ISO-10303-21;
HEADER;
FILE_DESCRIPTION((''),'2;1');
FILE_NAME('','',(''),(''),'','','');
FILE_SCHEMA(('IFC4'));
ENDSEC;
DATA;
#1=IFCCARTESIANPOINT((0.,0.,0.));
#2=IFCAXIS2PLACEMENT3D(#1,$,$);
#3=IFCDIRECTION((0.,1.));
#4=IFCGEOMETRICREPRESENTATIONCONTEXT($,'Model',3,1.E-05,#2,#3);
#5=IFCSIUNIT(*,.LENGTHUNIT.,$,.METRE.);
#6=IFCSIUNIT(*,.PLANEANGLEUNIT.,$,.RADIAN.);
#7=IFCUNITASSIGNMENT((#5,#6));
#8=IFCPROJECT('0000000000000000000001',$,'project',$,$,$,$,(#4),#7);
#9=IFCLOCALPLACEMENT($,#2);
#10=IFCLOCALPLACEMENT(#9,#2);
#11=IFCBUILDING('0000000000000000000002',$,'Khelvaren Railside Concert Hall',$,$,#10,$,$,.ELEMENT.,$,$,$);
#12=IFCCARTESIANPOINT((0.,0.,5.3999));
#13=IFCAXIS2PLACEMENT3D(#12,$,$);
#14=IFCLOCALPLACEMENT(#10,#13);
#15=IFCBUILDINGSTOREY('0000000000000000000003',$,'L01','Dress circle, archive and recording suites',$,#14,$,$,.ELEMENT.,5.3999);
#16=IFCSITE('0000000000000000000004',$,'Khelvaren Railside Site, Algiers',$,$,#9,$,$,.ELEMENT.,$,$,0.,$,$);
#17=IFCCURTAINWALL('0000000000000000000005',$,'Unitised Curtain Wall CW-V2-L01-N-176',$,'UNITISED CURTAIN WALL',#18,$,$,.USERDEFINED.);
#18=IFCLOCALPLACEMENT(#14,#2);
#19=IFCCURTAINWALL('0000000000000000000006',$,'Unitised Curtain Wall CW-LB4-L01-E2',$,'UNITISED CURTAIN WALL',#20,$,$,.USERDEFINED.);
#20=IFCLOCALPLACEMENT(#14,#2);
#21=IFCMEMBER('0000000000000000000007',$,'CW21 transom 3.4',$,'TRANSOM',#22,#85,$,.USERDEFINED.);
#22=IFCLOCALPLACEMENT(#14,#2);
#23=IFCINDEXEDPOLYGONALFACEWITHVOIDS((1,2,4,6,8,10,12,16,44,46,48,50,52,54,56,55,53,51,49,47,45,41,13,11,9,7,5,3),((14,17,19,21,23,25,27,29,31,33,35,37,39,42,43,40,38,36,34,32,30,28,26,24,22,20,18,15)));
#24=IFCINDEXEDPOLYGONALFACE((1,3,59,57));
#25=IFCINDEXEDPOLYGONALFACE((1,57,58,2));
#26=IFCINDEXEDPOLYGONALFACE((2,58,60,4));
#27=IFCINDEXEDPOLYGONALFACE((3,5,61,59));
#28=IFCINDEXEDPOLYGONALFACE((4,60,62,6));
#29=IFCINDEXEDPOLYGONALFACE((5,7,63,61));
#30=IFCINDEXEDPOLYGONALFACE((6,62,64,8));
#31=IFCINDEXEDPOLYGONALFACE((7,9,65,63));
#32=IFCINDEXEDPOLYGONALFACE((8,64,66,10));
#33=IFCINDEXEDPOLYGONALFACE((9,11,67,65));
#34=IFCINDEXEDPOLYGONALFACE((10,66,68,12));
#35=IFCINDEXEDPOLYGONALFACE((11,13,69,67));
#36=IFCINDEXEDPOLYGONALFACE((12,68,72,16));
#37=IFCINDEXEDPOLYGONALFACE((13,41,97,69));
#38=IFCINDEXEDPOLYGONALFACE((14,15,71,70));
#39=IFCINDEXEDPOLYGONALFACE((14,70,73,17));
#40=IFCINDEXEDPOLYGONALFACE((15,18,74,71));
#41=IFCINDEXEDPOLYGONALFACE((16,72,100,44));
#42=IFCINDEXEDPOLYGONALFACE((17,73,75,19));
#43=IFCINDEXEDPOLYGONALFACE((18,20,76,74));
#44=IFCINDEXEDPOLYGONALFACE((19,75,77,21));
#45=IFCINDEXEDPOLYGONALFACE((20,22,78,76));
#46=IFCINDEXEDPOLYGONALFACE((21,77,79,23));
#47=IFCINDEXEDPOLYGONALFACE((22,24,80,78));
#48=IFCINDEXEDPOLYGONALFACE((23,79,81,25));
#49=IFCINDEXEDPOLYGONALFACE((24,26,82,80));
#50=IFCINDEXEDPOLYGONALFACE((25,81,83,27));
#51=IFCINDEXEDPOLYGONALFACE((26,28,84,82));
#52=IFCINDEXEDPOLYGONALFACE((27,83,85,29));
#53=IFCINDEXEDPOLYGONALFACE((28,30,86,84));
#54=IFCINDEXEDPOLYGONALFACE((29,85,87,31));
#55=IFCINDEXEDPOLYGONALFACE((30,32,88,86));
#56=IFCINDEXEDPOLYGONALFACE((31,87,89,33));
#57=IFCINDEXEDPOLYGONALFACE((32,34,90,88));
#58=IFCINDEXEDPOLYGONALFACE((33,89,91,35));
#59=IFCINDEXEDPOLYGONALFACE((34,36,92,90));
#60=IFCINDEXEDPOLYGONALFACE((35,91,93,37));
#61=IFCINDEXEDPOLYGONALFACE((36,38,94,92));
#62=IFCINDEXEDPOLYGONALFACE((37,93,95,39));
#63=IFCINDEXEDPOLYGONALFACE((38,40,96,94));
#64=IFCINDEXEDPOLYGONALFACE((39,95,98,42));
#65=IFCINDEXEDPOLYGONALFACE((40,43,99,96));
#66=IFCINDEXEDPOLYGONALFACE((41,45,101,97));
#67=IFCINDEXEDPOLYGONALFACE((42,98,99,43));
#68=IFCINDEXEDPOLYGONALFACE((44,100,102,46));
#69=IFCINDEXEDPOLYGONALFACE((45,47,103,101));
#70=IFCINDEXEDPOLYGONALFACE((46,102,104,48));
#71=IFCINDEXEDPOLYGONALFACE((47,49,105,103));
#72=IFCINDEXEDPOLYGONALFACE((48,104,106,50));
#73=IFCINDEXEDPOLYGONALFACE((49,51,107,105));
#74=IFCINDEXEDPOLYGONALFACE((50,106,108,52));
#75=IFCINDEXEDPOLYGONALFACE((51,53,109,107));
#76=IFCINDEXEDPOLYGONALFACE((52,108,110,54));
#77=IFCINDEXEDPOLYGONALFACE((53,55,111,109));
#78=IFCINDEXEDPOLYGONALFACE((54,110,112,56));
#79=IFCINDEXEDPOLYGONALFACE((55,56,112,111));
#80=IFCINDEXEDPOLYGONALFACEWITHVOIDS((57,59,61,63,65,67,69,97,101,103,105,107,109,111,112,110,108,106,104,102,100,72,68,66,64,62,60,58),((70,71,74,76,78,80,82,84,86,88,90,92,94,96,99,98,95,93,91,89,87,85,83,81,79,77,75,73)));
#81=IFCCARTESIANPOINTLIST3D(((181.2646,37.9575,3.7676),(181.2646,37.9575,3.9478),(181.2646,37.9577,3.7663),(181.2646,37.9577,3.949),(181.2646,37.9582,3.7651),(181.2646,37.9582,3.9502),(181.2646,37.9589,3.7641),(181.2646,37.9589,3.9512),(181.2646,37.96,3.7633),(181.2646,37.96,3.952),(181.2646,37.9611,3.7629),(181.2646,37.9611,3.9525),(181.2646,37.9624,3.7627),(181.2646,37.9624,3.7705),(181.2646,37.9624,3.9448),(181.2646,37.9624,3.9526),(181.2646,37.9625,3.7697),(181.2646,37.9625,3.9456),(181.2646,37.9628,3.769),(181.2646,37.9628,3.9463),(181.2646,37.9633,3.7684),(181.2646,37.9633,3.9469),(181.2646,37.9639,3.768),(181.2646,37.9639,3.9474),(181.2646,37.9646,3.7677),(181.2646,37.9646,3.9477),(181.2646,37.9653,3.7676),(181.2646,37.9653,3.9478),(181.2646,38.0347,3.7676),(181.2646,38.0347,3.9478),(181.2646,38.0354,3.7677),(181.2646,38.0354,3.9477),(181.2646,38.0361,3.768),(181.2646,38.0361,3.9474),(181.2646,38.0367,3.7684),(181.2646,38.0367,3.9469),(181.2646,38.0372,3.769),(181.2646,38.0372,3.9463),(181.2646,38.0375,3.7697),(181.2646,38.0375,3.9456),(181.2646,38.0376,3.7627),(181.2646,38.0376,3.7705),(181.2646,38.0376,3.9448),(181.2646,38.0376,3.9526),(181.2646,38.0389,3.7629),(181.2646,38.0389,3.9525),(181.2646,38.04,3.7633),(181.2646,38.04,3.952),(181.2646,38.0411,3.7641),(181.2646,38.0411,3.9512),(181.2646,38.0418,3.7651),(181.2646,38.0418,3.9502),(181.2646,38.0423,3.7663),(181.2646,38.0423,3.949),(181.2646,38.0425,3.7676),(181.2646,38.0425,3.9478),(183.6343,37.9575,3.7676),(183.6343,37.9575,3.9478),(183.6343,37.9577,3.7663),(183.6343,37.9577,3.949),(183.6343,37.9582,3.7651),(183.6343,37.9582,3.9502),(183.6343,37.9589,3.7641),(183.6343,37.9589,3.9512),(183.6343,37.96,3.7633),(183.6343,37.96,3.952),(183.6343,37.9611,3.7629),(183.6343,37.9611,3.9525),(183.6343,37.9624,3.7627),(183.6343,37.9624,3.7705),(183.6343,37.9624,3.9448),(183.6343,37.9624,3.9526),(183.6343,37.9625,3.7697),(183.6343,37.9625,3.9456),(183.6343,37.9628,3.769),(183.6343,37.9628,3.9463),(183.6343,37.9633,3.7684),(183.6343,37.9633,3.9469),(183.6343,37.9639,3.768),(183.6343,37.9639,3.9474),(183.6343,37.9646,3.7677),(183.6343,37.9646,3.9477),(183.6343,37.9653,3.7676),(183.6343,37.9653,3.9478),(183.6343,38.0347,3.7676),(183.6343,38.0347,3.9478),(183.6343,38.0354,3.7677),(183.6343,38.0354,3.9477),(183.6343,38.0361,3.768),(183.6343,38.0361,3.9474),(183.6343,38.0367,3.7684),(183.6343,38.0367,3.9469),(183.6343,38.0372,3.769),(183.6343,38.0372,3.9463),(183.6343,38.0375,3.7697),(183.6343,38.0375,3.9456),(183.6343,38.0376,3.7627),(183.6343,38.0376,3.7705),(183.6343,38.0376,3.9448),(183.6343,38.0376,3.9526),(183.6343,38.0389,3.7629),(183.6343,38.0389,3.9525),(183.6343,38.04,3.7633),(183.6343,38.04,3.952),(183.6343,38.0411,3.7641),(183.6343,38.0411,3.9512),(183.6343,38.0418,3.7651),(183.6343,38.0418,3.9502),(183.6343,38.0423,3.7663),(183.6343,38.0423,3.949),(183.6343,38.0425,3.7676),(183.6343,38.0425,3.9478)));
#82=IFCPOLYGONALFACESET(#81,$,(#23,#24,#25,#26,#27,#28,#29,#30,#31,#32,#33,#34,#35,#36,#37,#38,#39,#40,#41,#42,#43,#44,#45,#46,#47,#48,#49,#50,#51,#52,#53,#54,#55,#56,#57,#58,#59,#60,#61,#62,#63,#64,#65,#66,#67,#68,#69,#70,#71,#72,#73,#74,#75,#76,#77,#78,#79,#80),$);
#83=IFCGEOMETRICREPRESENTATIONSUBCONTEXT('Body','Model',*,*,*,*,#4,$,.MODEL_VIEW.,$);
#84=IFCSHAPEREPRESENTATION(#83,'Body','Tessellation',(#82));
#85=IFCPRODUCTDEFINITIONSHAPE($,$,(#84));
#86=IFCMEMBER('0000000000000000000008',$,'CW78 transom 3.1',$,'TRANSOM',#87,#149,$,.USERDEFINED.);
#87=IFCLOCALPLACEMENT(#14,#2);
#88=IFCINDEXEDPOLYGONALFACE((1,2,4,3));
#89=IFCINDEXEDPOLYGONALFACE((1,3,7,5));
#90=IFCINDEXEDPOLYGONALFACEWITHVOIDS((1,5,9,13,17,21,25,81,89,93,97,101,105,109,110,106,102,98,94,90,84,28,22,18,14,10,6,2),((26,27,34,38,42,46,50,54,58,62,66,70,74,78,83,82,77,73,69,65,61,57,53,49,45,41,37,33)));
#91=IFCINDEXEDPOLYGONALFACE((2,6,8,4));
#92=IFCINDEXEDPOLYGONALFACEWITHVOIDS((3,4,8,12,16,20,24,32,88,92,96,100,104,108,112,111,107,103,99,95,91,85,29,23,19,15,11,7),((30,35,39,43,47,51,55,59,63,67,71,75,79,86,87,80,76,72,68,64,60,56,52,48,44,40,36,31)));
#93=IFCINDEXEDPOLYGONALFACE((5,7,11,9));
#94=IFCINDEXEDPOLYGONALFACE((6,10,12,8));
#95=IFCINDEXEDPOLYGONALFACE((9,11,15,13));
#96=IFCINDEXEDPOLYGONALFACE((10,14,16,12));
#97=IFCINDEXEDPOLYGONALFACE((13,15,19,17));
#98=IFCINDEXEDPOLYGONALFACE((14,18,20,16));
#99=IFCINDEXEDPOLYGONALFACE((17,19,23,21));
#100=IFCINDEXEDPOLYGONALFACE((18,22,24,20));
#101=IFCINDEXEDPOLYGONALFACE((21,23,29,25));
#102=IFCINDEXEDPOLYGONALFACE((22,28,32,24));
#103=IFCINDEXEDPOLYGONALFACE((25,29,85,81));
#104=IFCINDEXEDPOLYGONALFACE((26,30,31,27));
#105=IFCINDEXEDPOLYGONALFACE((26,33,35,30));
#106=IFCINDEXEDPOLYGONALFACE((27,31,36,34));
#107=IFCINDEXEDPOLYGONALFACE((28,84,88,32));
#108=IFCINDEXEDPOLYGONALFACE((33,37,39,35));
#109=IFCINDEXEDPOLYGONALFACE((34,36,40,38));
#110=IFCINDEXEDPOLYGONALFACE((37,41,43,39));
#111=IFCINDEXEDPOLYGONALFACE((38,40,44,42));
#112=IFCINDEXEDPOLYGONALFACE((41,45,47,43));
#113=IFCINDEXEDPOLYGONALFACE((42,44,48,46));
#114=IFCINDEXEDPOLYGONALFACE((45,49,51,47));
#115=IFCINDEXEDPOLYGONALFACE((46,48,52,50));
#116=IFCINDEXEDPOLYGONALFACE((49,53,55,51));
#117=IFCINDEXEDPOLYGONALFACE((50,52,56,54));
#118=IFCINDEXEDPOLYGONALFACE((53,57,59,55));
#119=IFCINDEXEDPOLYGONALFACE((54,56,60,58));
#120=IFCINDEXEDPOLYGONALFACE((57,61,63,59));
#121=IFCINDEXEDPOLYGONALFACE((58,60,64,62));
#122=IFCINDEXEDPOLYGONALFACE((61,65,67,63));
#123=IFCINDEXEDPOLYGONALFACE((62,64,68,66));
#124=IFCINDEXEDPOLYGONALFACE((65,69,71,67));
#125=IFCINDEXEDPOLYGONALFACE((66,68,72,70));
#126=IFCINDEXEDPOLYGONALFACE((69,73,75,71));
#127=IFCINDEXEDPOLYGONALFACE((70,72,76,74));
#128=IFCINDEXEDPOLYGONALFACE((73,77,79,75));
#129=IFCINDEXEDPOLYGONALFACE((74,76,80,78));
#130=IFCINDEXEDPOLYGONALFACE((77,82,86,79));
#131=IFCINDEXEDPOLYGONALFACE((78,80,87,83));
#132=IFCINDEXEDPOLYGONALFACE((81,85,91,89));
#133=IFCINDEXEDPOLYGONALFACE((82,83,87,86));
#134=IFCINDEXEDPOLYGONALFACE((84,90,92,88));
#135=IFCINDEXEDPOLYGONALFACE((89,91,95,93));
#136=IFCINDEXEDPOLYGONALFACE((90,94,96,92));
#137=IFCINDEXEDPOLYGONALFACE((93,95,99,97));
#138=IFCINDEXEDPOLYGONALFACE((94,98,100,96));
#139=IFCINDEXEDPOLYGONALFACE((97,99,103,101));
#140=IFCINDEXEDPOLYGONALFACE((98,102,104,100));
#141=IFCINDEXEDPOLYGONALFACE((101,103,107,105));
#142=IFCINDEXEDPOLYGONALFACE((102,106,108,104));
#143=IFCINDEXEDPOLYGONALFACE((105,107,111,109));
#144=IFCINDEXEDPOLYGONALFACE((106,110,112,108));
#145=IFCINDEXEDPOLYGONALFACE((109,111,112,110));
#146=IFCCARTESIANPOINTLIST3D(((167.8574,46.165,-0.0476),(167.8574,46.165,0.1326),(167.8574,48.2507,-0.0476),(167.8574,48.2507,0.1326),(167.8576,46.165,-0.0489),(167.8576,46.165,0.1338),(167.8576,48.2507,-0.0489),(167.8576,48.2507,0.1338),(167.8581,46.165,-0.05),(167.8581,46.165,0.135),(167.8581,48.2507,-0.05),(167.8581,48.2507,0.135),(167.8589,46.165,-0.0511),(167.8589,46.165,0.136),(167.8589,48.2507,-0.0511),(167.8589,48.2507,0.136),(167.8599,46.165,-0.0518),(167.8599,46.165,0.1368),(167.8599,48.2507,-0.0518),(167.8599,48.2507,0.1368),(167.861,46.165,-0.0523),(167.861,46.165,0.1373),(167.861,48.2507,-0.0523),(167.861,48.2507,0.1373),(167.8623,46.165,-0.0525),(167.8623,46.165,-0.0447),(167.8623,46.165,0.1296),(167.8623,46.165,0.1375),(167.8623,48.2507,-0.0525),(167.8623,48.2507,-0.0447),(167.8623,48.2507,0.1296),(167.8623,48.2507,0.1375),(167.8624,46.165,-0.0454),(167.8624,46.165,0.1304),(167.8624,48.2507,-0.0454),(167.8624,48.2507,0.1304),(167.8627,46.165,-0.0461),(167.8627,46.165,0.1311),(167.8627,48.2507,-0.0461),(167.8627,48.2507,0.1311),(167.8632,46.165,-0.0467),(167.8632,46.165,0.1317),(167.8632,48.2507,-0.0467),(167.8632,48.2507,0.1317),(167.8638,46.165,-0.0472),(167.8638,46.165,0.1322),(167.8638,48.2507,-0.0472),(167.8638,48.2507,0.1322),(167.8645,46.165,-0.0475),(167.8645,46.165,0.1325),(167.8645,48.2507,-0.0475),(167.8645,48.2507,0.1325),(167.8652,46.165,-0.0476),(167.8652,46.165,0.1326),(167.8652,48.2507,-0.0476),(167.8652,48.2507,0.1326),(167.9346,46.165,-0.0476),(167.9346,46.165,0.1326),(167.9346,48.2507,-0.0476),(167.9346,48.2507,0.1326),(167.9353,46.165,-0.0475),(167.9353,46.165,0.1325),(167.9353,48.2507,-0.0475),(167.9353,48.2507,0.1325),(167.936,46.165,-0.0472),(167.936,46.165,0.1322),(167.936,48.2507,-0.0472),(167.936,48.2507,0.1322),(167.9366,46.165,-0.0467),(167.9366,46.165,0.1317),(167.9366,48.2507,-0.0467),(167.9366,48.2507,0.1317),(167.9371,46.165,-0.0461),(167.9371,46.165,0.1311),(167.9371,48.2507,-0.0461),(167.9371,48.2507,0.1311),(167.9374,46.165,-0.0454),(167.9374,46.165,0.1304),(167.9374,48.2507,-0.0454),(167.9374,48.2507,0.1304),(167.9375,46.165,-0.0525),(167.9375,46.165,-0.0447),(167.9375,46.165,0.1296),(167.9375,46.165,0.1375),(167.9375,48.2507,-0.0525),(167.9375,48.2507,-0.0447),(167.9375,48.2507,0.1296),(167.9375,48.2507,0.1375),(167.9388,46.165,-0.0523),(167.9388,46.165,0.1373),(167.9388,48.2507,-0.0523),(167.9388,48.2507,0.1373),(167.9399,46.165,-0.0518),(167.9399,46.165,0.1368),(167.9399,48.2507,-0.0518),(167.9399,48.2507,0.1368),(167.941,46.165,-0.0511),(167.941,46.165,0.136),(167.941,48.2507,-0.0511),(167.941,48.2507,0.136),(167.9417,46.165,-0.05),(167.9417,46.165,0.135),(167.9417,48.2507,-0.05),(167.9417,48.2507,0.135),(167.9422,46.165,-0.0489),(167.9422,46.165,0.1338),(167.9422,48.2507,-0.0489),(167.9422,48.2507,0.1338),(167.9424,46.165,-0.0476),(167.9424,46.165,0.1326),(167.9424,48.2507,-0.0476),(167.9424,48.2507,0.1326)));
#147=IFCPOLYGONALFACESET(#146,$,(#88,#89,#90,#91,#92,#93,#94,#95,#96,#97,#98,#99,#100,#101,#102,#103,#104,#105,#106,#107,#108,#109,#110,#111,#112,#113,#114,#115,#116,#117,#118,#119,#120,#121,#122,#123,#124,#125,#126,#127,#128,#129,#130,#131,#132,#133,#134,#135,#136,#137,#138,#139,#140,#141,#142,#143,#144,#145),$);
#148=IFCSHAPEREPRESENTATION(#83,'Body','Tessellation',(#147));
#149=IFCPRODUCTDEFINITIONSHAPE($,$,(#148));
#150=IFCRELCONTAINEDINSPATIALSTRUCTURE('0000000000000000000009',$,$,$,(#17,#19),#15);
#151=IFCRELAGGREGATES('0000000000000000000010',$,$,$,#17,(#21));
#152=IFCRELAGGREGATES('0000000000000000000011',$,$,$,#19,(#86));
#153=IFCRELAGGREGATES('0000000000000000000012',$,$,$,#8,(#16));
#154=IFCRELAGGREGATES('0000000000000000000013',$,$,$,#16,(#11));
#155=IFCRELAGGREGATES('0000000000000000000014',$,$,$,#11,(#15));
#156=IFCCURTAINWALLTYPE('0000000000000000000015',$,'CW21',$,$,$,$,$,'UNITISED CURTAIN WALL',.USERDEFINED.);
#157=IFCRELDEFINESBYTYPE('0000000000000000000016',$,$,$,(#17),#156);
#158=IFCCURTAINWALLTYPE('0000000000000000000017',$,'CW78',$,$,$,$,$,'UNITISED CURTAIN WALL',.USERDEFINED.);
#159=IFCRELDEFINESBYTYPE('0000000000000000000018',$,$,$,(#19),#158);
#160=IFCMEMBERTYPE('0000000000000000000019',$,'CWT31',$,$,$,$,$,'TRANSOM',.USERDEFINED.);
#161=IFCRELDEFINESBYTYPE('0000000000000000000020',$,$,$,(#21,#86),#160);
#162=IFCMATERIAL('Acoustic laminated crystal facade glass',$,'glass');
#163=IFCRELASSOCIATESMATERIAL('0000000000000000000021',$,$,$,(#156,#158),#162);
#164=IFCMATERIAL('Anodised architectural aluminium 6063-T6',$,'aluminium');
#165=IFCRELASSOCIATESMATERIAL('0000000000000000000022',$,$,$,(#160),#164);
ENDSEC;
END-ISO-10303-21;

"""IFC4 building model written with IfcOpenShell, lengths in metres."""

from ifc_helpers import new_model, si_unit, direction, frame, origin, origin_2d, place, context, subcontext, project, spatial, hollow_rectangle, extrude, material, material_profile, profile_set, type_object, element, aggregate, save


model = new_model("IFC4")

# Units and contexts
model_context = context("Model", 3, precision=1e-05, world=origin(), true_north=direction((0.0, 1.0)))
body_context = subcontext(model_context, "Body", "Model", "MODEL_VIEW")
ifc_project = project(units=[si_unit("LENGTHUNIT", "METRE"), si_unit("PLANEANGLEUNIT", "RADIAN")], contexts=[model_context])

# Site, building, storey
site_placement = place(None, origin())
site = spatial("IfcSite", under=ifc_project, at=site_placement, Name="Khelvaren Railside Site, Algiers", CompositionType="ELEMENT", RefElevation=0.0)
building_placement = place(site_placement, origin())
building = spatial("IfcBuilding", under=site, at=building_placement, Name="Khelvaren Railside Concert Hall", CompositionType="ELEMENT")
storey_placement = place(building_placement, frame((0.0, 0.0, 5.3999)))
storey = spatial("IfcBuildingStorey", under=building, at=storey_placement, Name="L01", Description="Dress circle, archive and recording suites", CompositionType="ELEMENT", Elevation=5.3999)

# Curtain wall
ifc_material_1 = material(Name="Acoustic laminated crystal facade glass", Category="glass")
curtain_wall_type_1 = type_object("IfcCurtainWallType", Name="CW21", ElementType="UNITISED CURTAIN WALL", PredefinedType="USERDEFINED", material=ifc_material_1)
curtain_wall_1_placement = place(storey_placement, origin())
curtain_wall_1 = element("IfcCurtainWall", 1, at=curtain_wall_1_placement, inside=storey, type_object=curtain_wall_type_1, Name="Unitised Curtain Wall CW-V2-L01-N-176", ObjectType="UNITISED CURTAIN WALL", PredefinedType="USERDEFINED")
ifc_material_2 = material(Name="Anodised architectural aluminium 6063-T6", Category="aluminium")

# Curtain wall
curtain_wall_type_2 = type_object("IfcCurtainWallType", Name="CW78", ElementType="UNITISED CURTAIN WALL", PredefinedType="USERDEFINED", material=ifc_material_1)
curtain_wall_2_placement = place(storey_placement, origin())
curtain_wall_2 = element("IfcCurtainWall", 2, at=curtain_wall_2_placement, inside=storey, type_object=curtain_wall_type_2, Name="Unitised Curtain Wall CW-LB4-L01-E2", ObjectType="UNITISED CURTAIN WALL", PredefinedType="USERDEFINED")

# Members
ifc_material_profile_1 = material_profile(ifc_material_2, hollow_rectangle(XDim=0.085, YDim=0.1899, WallThickness=0.0049, InnerFilletRadius=0.0029, OuterFilletRadius=0.0049, at=origin_2d()), Name="CWT 85x190x5")
ifc_profile_set_1 = profile_set([ifc_material_profile_1], Name="Anodised architectural aluminium 6063-T6")
member_type_1 = type_object("IfcMemberType", Name="CWT31", ElementType="TRANSOM", PredefinedType="USERDEFINED", material=ifc_profile_set_1)
member_1_placement = place(storey_placement, frame((181.2646, 38.0, 3.8577), z_axis=(1.0, 0.0, 0.0), x_axis=(0.0, 1.0, 0.0)))
member_1 = element("IfcMember", 3, at=member_1_placement, type_object=member_type_1, Name="CW21 transom 3.4", ObjectType="TRANSOM", PredefinedType="USERDEFINED", context=body_context, shape_type="SweptSolid", body=[
    extrude(hollow_rectangle(XDim=0.085, YDim=0.1899, WallThickness=0.0049, InnerFilletRadius=0.0029, OuterFilletRadius=0.0049, at=origin_2d()), origin(), (0.0, 0.0, 1.0), 2.3696),
])
member_2_placement = place(storey_placement, frame((167.8999, 48.2507, 0.0425), z_axis=(0.0, -1.0, 0.0), x_axis=(1.0, 0.0, 0.0)))
member_2 = element("IfcMember", 4, at=member_2_placement, type_object=member_type_1, Name="CW78 transom 3.1", ObjectType="TRANSOM", PredefinedType="USERDEFINED", context=body_context, shape_type="SweptSolid", body=[
    extrude(hollow_rectangle(XDim=0.085, YDim=0.1899, WallThickness=0.0049, InnerFilletRadius=0.0029, OuterFilletRadius=0.0049, at=origin_2d()), origin(), (0.0, 0.0, 1.0), 2.0857),
])

aggregate(curtain_wall_1, [member_1])
aggregate(curtain_wall_2, [member_2])

save(model, "model.ifc")
